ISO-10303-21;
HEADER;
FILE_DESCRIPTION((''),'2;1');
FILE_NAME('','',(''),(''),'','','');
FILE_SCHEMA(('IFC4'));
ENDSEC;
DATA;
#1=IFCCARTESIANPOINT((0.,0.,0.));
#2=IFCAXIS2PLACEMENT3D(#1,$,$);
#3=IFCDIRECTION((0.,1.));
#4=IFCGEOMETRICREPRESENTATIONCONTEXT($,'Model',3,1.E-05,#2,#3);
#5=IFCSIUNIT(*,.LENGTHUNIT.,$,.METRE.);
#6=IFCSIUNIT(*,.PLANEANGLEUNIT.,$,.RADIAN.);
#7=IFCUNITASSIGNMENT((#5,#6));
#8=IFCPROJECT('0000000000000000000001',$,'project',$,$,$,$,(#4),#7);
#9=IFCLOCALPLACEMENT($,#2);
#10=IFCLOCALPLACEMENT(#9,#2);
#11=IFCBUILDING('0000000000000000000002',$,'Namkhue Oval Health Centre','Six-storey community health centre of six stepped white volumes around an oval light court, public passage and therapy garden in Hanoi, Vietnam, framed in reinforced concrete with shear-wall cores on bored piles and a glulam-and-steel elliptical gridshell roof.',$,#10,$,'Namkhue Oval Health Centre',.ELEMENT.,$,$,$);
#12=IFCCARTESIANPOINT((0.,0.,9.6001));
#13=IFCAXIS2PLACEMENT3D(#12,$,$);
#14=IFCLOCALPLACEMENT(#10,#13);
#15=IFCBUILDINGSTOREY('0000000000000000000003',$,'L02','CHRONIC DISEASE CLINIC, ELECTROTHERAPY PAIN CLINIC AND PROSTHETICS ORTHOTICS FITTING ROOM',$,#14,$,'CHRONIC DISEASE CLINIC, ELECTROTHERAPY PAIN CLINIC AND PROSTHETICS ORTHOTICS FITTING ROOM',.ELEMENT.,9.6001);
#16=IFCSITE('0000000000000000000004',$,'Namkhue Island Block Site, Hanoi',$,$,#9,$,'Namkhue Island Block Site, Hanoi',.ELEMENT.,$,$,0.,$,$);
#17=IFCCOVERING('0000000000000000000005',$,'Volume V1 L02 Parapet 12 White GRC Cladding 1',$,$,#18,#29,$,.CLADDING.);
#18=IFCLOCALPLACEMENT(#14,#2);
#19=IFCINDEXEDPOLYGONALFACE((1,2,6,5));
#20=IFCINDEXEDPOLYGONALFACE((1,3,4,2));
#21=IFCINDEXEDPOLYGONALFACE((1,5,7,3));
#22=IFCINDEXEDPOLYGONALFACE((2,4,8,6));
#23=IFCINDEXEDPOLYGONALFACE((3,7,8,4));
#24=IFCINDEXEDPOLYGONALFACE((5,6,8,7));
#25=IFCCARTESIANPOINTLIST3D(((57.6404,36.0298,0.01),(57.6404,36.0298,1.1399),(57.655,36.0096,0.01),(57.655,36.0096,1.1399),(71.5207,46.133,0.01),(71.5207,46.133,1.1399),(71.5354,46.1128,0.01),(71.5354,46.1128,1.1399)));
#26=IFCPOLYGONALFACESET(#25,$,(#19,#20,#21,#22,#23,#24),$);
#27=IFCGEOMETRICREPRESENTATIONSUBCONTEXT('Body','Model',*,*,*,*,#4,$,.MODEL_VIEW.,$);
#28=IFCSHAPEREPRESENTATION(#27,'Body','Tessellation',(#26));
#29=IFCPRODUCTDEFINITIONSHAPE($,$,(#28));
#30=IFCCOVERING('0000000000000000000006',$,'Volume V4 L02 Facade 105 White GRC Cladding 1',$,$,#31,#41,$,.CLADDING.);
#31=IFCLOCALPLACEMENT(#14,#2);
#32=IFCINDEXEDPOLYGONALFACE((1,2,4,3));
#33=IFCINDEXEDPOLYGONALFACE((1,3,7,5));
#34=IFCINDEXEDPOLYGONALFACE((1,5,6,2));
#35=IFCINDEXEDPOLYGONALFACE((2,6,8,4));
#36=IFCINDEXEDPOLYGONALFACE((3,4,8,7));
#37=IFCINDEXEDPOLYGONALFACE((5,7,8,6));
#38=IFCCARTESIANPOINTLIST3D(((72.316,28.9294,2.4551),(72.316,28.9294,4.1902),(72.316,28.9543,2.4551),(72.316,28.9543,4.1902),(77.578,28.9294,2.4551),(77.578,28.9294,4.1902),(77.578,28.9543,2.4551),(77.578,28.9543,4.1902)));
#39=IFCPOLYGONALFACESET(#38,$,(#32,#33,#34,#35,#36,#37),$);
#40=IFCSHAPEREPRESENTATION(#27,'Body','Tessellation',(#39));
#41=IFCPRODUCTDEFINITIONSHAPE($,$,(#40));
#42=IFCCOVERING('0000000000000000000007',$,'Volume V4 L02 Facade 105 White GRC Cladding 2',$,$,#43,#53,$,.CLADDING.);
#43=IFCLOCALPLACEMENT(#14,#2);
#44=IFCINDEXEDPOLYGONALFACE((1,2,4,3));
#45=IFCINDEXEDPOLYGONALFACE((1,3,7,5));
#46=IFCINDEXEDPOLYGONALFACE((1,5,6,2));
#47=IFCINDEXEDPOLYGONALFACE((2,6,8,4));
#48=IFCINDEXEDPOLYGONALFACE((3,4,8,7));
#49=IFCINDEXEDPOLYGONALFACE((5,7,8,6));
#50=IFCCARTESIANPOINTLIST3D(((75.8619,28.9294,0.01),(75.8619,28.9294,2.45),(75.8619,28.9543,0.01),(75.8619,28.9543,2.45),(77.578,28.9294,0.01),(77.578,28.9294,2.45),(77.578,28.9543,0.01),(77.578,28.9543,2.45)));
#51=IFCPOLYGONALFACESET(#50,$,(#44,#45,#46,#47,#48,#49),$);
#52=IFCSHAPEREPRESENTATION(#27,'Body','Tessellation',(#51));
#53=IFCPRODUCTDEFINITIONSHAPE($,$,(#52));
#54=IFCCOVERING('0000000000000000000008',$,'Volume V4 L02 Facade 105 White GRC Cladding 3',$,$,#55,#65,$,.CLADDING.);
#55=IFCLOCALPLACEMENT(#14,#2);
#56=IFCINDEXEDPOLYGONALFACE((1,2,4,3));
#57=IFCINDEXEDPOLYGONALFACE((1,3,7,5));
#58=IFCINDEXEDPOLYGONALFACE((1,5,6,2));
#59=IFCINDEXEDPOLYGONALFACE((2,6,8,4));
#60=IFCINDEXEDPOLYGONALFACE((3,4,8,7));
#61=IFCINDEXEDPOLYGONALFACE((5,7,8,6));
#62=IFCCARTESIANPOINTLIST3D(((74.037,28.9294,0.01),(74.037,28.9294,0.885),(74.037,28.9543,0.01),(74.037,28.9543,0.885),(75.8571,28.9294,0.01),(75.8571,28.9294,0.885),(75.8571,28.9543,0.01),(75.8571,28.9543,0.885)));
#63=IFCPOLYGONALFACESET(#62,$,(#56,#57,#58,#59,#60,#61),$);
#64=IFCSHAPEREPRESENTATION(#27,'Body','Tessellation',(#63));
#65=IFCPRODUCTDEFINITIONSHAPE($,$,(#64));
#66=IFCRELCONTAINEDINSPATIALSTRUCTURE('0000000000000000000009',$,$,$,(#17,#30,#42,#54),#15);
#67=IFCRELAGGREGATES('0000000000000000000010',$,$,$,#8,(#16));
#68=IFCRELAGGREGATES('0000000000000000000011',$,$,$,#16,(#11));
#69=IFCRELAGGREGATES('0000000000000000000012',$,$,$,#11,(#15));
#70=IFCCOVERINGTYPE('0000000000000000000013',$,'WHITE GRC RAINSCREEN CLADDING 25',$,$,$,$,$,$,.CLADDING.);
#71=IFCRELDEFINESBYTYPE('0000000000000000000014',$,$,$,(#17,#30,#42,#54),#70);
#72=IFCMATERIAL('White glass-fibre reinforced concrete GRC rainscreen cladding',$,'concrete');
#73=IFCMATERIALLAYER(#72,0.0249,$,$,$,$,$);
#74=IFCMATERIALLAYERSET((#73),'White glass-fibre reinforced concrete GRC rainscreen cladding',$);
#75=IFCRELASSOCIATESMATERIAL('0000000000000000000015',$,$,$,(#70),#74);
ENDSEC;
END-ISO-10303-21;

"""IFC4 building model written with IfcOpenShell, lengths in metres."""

from ifc_helpers import new_model, si_unit, direction, frame, origin, origin_2d, place, context, subcontext, project, spatial, rectangle, extrude, material, layer, layer_set, type_object, element, save


model = new_model("IFC4")

# Units and contexts
model_context = context("Model", 3, precision=1e-05, world=origin(), true_north=direction((0.0, 1.0)))
body_context = subcontext(model_context, "Body", "Model", "MODEL_VIEW")
ifc_project = project(units=[si_unit("LENGTHUNIT", "METRE"), si_unit("PLANEANGLEUNIT", "RADIAN")], contexts=[model_context])

# Site, building, storey
site_placement = place(None, origin())
site = spatial("IfcSite", under=ifc_project, at=site_placement, Name="Namkhue Island Block Site, Hanoi", LongName="Namkhue Island Block Site, Hanoi", CompositionType="ELEMENT", RefElevation=0.0)
building_placement = place(site_placement, origin())
building = spatial("IfcBuilding", under=site, at=building_placement, Name="Namkhue Oval Health Centre", Description="Six-storey community health centre of six stepped white volumes around an oval light court, public passage and therapy garden in Hanoi, Vietnam, framed in reinforced concrete with shear-wall cores on bored piles and a glulam-and-steel elliptical gridshell roof.", LongName="Namkhue Oval Health Centre", CompositionType="ELEMENT")
storey_placement = place(building_placement, frame((0.0, 0.0, 9.6001)))
storey = spatial("IfcBuildingStorey", under=building, at=storey_placement, Name="L02", Description="CHRONIC DISEASE CLINIC, ELECTROTHERAPY PAIN CLINIC AND PROSTHETICS ORTHOTICS FITTING ROOM", LongName="CHRONIC DISEASE CLINIC, ELECTROTHERAPY PAIN CLINIC AND PROSTHETICS ORTHOTICS FITTING ROOM", CompositionType="ELEMENT", Elevation=9.6001)

# Coverings
ifc_material_1 = material(Name="White glass-fibre reinforced concrete GRC rainscreen cladding", Category="concrete")
ifc_layer_1 = layer(ifc_material_1, 0.0249)
ifc_layer_set_1 = layer_set([ifc_layer_1], Name="White glass-fibre reinforced concrete GRC rainscreen cladding")
covering_type = type_object("IfcCoveringType", Name="WHITE GRC RAINSCREEN CLADDING 25", PredefinedType="CLADDING", material=ifc_layer_set_1)
covering_1_placement = place(storey_placement, frame((64.5879, 41.0713, 0.01), z_axis=(0.0, 0.0, 1.0), x_axis=(-0.808504, -0.588491, 0.0)))
element("IfcCovering", 1, at=covering_1_placement, inside=storey, type_object=covering_type, Name="Volume V1 L02 Parapet 12 White GRC Cladding 1", PredefinedType="CLADDING", context=body_context, shape_type="SweptSolid", body=[
    extrude(rectangle(XDim=17.168, YDim=0.0249, at=origin_2d()), origin(), (0.0, 0.0, 1.0), 1.1299),
])
covering_2_placement = place(storey_placement, frame((74.947, 28.9419, 2.4551), z_axis=(0.0, 0.0, 1.0), x_axis=(-1.0, 0.0, 0.0)))
element("IfcCovering", 2, at=covering_2_placement, inside=storey, type_object=covering_type, Name="Volume V4 L02 Facade 105 White GRC Cladding 1", PredefinedType="CLADDING", context=body_context, shape_type="SweptSolid", body=[
    extrude(rectangle(XDim=5.262, YDim=0.0249, at=origin_2d()), origin(), (0.0, 0.0, 1.0), 1.7351),
])
covering_3_placement = place(storey_placement, frame((76.72, 28.9419, 0.01), z_axis=(0.0, 0.0, 1.0), x_axis=(-1.0, 0.0, 0.0)))
element("IfcCovering", 3, at=covering_3_placement, inside=storey, type_object=covering_type, Name="Volume V4 L02 Facade 105 White GRC Cladding 2", PredefinedType="CLADDING", context=body_context, shape_type="SweptSolid", body=[
    extrude(rectangle(XDim=1.7161, YDim=0.0249, at=origin_2d()), origin(), (0.0, 0.0, 1.0), 2.4399),
])
covering_4_placement = place(storey_placement, frame((74.947, 28.9419, 0.01), z_axis=(0.0, 0.0, 1.0), x_axis=(-1.0, 0.0, 0.0)))
element("IfcCovering", 4, at=covering_4_placement, inside=storey, type_object=covering_type, Name="Volume V4 L02 Facade 105 White GRC Cladding 3", PredefinedType="CLADDING", context=body_context, shape_type="SweptSolid", body=[
    extrude(rectangle(XDim=1.8201, YDim=0.0249, at=origin_2d()), origin(), (0.0, 0.0, 1.0), 0.875),
])

save(model, "model.ifc")
